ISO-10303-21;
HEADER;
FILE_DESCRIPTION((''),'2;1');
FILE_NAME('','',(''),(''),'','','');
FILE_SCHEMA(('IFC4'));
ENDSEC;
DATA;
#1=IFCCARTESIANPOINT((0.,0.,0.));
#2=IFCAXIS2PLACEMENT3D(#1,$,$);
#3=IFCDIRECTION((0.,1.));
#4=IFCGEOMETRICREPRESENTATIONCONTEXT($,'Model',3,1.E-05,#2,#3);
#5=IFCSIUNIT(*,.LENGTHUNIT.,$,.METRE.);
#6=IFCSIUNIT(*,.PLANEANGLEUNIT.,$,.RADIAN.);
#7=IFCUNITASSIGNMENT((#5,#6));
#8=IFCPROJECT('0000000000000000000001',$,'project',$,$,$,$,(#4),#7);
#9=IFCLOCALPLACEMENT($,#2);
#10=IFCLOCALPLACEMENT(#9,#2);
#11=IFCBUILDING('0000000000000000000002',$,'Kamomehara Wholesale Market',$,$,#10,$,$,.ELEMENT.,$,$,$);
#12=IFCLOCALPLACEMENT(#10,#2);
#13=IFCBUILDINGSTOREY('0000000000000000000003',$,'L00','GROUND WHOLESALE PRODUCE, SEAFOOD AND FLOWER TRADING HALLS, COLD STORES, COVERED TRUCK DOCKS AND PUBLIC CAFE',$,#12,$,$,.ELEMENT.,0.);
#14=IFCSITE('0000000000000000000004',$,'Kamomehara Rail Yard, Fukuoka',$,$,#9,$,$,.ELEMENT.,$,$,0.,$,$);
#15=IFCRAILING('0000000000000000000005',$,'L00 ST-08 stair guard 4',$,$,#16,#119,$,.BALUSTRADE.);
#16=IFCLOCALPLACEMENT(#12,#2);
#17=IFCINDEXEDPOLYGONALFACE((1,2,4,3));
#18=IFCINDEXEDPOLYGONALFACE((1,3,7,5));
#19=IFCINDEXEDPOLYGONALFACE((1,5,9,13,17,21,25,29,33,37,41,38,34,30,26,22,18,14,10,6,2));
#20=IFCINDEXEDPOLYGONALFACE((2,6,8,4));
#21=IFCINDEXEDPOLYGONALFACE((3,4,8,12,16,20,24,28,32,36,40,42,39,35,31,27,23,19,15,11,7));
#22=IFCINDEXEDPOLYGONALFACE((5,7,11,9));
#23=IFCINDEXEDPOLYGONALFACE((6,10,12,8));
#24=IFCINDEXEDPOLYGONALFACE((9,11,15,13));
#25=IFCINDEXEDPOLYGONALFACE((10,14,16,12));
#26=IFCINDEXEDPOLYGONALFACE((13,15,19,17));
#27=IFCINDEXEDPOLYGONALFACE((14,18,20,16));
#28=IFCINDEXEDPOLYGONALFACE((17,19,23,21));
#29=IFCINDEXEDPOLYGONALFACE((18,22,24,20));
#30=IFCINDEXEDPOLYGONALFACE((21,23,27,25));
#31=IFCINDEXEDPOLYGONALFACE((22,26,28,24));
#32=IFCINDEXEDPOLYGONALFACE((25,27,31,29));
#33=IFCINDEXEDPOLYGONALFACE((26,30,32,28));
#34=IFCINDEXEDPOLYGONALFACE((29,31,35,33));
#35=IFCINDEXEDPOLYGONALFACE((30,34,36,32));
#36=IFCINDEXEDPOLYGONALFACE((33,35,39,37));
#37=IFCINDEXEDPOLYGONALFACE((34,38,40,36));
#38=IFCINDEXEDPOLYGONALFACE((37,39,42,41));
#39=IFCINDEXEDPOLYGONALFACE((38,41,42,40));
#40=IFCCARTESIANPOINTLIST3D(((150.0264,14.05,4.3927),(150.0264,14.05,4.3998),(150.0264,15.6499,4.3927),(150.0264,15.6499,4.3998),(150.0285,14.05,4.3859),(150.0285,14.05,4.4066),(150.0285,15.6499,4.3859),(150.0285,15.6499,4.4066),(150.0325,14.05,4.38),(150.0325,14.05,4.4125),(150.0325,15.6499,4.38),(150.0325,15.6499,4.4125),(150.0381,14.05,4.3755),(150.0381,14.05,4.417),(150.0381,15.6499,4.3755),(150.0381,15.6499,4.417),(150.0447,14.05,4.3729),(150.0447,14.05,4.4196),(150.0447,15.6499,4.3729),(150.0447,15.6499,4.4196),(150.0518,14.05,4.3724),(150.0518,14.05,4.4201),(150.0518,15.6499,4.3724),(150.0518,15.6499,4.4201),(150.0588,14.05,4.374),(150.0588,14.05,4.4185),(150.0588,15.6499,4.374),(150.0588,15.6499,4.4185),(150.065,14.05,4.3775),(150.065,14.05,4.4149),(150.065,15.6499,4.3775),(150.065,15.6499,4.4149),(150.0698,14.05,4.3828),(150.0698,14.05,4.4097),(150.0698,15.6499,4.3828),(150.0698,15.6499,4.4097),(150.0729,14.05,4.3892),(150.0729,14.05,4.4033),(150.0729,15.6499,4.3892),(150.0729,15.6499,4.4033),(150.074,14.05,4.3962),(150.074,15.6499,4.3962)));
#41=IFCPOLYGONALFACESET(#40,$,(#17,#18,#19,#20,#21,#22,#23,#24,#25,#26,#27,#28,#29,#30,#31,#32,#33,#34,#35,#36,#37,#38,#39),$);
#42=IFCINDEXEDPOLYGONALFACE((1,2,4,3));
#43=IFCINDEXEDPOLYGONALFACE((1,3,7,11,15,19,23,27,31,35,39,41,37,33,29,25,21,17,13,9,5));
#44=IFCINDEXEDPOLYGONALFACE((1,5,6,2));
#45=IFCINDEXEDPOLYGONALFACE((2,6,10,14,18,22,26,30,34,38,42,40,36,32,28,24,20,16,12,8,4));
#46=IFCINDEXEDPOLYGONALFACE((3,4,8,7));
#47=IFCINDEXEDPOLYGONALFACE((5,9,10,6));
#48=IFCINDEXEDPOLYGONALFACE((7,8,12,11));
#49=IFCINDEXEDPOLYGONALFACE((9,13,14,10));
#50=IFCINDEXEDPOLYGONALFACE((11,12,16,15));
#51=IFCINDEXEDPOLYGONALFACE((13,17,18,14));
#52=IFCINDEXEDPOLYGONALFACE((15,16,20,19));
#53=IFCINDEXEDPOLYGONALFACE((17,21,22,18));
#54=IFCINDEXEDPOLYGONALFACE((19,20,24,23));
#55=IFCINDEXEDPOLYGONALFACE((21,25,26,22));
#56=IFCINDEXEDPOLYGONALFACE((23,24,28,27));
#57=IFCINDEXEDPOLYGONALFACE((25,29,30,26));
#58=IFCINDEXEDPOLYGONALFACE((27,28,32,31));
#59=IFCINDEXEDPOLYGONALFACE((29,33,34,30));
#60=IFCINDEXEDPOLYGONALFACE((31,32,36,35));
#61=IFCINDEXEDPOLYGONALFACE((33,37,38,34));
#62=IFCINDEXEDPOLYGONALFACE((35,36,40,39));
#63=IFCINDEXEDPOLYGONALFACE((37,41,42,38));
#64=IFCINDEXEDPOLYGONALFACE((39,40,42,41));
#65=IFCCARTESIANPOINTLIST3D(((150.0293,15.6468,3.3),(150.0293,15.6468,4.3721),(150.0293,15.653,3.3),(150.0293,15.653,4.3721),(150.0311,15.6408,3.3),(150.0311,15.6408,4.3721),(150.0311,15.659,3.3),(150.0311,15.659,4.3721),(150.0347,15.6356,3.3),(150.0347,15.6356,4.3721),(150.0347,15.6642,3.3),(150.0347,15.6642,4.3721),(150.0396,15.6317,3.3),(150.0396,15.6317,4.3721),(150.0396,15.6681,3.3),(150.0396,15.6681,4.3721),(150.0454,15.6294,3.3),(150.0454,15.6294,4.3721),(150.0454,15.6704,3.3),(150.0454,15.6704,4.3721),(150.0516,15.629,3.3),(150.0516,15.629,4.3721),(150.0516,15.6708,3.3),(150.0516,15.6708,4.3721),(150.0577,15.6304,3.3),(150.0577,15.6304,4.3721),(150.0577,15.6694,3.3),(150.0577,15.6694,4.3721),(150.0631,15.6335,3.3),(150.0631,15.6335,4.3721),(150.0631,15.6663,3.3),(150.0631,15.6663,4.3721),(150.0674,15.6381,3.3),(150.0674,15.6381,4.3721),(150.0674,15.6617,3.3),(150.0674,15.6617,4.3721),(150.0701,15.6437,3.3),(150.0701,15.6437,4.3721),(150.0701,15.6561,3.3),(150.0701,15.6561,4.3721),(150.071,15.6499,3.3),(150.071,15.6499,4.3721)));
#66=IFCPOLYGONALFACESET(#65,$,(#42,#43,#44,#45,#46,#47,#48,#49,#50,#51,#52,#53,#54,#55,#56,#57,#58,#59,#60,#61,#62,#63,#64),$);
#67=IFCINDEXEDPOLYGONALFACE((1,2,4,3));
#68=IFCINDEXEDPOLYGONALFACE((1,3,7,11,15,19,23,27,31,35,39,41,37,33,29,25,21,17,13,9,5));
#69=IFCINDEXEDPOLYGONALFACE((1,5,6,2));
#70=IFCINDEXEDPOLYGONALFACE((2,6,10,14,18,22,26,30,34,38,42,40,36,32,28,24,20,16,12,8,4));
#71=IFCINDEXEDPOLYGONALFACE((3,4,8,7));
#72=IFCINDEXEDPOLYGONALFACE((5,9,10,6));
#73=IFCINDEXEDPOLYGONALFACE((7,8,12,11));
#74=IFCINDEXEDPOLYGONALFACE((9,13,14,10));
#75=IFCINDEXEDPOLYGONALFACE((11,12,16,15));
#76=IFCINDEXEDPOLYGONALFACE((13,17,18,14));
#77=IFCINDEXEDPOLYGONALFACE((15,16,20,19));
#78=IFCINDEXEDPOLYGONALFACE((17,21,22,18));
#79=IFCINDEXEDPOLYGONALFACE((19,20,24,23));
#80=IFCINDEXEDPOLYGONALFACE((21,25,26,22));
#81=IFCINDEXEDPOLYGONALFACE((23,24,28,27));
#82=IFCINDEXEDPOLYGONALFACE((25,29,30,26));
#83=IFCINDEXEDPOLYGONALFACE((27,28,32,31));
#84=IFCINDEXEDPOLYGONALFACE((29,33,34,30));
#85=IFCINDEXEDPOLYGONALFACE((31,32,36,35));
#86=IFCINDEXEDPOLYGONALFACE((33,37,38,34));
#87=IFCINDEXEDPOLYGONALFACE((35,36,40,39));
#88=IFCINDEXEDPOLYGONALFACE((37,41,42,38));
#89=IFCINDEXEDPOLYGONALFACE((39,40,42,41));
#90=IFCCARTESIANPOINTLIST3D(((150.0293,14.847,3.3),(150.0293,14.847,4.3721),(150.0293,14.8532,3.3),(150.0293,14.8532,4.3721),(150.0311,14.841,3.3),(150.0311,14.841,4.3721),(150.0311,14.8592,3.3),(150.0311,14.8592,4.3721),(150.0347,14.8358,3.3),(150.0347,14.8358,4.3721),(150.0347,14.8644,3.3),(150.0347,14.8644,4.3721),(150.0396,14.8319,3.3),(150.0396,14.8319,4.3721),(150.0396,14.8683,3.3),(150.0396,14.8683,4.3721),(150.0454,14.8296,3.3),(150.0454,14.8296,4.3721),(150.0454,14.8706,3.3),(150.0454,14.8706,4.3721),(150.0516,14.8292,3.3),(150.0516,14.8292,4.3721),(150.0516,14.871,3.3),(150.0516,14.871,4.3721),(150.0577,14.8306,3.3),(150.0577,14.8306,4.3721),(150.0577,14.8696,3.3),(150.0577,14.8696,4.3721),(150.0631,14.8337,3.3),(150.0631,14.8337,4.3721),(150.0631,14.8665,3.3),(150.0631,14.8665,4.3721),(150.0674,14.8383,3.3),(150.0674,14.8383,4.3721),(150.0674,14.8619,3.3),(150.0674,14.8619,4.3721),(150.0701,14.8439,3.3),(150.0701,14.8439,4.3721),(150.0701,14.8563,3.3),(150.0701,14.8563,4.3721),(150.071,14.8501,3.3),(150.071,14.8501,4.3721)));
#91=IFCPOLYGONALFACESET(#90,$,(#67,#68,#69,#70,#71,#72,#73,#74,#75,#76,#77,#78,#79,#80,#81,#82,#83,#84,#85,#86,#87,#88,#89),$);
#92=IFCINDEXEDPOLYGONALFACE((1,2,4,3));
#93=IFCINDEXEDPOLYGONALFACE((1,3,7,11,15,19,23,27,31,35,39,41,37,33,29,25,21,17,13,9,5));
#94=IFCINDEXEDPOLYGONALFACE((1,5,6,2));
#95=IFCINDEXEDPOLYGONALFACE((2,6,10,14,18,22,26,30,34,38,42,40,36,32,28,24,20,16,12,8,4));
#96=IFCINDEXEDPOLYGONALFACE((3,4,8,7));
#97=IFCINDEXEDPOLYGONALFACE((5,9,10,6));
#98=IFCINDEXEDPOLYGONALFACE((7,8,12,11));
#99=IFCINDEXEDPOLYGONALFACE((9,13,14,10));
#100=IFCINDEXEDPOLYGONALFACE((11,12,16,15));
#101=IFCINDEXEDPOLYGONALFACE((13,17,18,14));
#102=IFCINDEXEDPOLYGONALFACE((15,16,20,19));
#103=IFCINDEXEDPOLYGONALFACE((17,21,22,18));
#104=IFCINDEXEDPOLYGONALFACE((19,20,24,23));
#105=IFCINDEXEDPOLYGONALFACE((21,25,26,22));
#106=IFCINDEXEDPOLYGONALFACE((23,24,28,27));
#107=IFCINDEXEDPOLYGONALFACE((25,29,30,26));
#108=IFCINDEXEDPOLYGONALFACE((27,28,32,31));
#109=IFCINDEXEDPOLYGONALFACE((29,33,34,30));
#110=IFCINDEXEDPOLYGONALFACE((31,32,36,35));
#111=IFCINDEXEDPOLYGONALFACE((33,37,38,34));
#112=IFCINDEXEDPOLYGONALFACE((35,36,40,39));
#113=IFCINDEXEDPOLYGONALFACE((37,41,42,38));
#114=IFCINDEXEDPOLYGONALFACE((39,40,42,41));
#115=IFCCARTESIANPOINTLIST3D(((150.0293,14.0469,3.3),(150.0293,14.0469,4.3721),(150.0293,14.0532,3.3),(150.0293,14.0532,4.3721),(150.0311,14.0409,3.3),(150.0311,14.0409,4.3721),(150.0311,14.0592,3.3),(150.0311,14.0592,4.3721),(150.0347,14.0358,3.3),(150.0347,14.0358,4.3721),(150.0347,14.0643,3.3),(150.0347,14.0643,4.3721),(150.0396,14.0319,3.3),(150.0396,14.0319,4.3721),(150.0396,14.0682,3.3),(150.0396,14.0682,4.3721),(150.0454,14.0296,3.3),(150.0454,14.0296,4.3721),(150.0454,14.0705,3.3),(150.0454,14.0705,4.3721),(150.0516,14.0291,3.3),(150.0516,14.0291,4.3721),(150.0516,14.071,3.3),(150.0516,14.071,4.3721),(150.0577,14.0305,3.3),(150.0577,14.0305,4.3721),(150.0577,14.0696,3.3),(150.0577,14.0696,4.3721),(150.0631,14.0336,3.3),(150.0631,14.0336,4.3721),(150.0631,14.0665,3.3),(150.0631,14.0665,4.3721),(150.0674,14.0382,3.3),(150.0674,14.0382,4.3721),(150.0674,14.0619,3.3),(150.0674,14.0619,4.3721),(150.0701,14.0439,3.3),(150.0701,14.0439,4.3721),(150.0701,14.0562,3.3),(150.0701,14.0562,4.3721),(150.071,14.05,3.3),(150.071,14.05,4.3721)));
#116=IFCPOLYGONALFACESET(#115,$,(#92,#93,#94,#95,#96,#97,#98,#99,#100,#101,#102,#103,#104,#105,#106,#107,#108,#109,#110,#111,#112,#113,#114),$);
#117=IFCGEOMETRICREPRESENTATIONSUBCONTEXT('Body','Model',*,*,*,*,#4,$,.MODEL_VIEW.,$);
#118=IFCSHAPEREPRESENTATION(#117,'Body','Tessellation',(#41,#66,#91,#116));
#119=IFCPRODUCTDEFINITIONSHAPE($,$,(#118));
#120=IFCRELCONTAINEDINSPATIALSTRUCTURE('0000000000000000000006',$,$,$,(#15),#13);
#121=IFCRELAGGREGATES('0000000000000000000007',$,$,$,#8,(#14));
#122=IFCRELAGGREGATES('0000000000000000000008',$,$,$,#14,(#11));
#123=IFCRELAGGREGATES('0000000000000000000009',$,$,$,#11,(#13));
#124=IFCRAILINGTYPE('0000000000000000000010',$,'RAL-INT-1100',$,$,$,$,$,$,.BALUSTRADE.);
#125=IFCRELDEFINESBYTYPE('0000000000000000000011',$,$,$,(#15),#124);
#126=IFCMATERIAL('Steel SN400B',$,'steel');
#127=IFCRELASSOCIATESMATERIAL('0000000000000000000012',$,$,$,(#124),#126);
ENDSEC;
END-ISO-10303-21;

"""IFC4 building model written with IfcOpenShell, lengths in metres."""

from ifc_helpers import new_model, si_unit, direction, frame, origin, origin_2d, place, context, subcontext, project, spatial, circle, extrude, material, type_object, element, save


model = new_model("IFC4")

# Units and contexts
model_context = context("Model", 3, precision=1e-05, world=origin(), true_north=direction((0.0, 1.0)))
body_context = subcontext(model_context, "Body", "Model", "MODEL_VIEW")
ifc_project = project(units=[si_unit("LENGTHUNIT", "METRE"), si_unit("PLANEANGLEUNIT", "RADIAN")], contexts=[model_context])

# Site, building, storey
site_placement = place(None, origin())
site = spatial("IfcSite", under=ifc_project, at=site_placement, Name="Kamomehara Rail Yard, Fukuoka", CompositionType="ELEMENT", RefElevation=0.0)
building_placement = place(site_placement, origin())
building = spatial("IfcBuilding", under=site, at=building_placement, Name="Kamomehara Wholesale Market", CompositionType="ELEMENT")
storey_placement = place(building_placement, origin())
storey = spatial("IfcBuildingStorey", under=building, at=storey_placement, Name="L00", Description="GROUND WHOLESALE PRODUCE, SEAFOOD AND FLOWER TRADING HALLS, COLD STORES, COVERED TRUCK DOCKS AND PUBLIC CAFE", CompositionType="ELEMENT", Elevation=0.0)

# Railing
ifc_material_1 = material(Name="Steel SN400B", Category="steel")
railing_type_1 = type_object("IfcRailingType", Name="RAL-INT-1100", PredefinedType="BALUSTRADE", material=ifc_material_1)
railing_1_placement = place(storey_placement, frame((150.05, 15.6499, 3.3)))
element("IfcRailing", 1, at=railing_1_placement, inside=storey, type_object=railing_type_1, Name="L00 ST-08 stair guard 4", PredefinedType="BALUSTRADE", context=body_context, shape_type="SweptSolid", body=[
    extrude(circle(Radius=0.0239, at=origin_2d()), frame((0.0, 0.0, 1.0962), z_axis=(0.0, -1.0, 0.0), x_axis=(1.0, 0.0, 0.0)), (0.0, 0.0, 1.0), 1.5999),
    extrude(circle(Radius=0.021, at=origin_2d()), origin(), (0.0, 0.0, 1.0), 1.072),
    extrude(circle(Radius=0.021, at=origin_2d()), frame((0.0, -0.7998, 0.0)), (0.0, 0.0, 1.0), 1.072),
    extrude(circle(Radius=0.021, at=origin_2d()), frame((0.0, -1.5999, 0.0)), (0.0, 0.0, 1.0), 1.072),
])

save(model, "model.ifc")
